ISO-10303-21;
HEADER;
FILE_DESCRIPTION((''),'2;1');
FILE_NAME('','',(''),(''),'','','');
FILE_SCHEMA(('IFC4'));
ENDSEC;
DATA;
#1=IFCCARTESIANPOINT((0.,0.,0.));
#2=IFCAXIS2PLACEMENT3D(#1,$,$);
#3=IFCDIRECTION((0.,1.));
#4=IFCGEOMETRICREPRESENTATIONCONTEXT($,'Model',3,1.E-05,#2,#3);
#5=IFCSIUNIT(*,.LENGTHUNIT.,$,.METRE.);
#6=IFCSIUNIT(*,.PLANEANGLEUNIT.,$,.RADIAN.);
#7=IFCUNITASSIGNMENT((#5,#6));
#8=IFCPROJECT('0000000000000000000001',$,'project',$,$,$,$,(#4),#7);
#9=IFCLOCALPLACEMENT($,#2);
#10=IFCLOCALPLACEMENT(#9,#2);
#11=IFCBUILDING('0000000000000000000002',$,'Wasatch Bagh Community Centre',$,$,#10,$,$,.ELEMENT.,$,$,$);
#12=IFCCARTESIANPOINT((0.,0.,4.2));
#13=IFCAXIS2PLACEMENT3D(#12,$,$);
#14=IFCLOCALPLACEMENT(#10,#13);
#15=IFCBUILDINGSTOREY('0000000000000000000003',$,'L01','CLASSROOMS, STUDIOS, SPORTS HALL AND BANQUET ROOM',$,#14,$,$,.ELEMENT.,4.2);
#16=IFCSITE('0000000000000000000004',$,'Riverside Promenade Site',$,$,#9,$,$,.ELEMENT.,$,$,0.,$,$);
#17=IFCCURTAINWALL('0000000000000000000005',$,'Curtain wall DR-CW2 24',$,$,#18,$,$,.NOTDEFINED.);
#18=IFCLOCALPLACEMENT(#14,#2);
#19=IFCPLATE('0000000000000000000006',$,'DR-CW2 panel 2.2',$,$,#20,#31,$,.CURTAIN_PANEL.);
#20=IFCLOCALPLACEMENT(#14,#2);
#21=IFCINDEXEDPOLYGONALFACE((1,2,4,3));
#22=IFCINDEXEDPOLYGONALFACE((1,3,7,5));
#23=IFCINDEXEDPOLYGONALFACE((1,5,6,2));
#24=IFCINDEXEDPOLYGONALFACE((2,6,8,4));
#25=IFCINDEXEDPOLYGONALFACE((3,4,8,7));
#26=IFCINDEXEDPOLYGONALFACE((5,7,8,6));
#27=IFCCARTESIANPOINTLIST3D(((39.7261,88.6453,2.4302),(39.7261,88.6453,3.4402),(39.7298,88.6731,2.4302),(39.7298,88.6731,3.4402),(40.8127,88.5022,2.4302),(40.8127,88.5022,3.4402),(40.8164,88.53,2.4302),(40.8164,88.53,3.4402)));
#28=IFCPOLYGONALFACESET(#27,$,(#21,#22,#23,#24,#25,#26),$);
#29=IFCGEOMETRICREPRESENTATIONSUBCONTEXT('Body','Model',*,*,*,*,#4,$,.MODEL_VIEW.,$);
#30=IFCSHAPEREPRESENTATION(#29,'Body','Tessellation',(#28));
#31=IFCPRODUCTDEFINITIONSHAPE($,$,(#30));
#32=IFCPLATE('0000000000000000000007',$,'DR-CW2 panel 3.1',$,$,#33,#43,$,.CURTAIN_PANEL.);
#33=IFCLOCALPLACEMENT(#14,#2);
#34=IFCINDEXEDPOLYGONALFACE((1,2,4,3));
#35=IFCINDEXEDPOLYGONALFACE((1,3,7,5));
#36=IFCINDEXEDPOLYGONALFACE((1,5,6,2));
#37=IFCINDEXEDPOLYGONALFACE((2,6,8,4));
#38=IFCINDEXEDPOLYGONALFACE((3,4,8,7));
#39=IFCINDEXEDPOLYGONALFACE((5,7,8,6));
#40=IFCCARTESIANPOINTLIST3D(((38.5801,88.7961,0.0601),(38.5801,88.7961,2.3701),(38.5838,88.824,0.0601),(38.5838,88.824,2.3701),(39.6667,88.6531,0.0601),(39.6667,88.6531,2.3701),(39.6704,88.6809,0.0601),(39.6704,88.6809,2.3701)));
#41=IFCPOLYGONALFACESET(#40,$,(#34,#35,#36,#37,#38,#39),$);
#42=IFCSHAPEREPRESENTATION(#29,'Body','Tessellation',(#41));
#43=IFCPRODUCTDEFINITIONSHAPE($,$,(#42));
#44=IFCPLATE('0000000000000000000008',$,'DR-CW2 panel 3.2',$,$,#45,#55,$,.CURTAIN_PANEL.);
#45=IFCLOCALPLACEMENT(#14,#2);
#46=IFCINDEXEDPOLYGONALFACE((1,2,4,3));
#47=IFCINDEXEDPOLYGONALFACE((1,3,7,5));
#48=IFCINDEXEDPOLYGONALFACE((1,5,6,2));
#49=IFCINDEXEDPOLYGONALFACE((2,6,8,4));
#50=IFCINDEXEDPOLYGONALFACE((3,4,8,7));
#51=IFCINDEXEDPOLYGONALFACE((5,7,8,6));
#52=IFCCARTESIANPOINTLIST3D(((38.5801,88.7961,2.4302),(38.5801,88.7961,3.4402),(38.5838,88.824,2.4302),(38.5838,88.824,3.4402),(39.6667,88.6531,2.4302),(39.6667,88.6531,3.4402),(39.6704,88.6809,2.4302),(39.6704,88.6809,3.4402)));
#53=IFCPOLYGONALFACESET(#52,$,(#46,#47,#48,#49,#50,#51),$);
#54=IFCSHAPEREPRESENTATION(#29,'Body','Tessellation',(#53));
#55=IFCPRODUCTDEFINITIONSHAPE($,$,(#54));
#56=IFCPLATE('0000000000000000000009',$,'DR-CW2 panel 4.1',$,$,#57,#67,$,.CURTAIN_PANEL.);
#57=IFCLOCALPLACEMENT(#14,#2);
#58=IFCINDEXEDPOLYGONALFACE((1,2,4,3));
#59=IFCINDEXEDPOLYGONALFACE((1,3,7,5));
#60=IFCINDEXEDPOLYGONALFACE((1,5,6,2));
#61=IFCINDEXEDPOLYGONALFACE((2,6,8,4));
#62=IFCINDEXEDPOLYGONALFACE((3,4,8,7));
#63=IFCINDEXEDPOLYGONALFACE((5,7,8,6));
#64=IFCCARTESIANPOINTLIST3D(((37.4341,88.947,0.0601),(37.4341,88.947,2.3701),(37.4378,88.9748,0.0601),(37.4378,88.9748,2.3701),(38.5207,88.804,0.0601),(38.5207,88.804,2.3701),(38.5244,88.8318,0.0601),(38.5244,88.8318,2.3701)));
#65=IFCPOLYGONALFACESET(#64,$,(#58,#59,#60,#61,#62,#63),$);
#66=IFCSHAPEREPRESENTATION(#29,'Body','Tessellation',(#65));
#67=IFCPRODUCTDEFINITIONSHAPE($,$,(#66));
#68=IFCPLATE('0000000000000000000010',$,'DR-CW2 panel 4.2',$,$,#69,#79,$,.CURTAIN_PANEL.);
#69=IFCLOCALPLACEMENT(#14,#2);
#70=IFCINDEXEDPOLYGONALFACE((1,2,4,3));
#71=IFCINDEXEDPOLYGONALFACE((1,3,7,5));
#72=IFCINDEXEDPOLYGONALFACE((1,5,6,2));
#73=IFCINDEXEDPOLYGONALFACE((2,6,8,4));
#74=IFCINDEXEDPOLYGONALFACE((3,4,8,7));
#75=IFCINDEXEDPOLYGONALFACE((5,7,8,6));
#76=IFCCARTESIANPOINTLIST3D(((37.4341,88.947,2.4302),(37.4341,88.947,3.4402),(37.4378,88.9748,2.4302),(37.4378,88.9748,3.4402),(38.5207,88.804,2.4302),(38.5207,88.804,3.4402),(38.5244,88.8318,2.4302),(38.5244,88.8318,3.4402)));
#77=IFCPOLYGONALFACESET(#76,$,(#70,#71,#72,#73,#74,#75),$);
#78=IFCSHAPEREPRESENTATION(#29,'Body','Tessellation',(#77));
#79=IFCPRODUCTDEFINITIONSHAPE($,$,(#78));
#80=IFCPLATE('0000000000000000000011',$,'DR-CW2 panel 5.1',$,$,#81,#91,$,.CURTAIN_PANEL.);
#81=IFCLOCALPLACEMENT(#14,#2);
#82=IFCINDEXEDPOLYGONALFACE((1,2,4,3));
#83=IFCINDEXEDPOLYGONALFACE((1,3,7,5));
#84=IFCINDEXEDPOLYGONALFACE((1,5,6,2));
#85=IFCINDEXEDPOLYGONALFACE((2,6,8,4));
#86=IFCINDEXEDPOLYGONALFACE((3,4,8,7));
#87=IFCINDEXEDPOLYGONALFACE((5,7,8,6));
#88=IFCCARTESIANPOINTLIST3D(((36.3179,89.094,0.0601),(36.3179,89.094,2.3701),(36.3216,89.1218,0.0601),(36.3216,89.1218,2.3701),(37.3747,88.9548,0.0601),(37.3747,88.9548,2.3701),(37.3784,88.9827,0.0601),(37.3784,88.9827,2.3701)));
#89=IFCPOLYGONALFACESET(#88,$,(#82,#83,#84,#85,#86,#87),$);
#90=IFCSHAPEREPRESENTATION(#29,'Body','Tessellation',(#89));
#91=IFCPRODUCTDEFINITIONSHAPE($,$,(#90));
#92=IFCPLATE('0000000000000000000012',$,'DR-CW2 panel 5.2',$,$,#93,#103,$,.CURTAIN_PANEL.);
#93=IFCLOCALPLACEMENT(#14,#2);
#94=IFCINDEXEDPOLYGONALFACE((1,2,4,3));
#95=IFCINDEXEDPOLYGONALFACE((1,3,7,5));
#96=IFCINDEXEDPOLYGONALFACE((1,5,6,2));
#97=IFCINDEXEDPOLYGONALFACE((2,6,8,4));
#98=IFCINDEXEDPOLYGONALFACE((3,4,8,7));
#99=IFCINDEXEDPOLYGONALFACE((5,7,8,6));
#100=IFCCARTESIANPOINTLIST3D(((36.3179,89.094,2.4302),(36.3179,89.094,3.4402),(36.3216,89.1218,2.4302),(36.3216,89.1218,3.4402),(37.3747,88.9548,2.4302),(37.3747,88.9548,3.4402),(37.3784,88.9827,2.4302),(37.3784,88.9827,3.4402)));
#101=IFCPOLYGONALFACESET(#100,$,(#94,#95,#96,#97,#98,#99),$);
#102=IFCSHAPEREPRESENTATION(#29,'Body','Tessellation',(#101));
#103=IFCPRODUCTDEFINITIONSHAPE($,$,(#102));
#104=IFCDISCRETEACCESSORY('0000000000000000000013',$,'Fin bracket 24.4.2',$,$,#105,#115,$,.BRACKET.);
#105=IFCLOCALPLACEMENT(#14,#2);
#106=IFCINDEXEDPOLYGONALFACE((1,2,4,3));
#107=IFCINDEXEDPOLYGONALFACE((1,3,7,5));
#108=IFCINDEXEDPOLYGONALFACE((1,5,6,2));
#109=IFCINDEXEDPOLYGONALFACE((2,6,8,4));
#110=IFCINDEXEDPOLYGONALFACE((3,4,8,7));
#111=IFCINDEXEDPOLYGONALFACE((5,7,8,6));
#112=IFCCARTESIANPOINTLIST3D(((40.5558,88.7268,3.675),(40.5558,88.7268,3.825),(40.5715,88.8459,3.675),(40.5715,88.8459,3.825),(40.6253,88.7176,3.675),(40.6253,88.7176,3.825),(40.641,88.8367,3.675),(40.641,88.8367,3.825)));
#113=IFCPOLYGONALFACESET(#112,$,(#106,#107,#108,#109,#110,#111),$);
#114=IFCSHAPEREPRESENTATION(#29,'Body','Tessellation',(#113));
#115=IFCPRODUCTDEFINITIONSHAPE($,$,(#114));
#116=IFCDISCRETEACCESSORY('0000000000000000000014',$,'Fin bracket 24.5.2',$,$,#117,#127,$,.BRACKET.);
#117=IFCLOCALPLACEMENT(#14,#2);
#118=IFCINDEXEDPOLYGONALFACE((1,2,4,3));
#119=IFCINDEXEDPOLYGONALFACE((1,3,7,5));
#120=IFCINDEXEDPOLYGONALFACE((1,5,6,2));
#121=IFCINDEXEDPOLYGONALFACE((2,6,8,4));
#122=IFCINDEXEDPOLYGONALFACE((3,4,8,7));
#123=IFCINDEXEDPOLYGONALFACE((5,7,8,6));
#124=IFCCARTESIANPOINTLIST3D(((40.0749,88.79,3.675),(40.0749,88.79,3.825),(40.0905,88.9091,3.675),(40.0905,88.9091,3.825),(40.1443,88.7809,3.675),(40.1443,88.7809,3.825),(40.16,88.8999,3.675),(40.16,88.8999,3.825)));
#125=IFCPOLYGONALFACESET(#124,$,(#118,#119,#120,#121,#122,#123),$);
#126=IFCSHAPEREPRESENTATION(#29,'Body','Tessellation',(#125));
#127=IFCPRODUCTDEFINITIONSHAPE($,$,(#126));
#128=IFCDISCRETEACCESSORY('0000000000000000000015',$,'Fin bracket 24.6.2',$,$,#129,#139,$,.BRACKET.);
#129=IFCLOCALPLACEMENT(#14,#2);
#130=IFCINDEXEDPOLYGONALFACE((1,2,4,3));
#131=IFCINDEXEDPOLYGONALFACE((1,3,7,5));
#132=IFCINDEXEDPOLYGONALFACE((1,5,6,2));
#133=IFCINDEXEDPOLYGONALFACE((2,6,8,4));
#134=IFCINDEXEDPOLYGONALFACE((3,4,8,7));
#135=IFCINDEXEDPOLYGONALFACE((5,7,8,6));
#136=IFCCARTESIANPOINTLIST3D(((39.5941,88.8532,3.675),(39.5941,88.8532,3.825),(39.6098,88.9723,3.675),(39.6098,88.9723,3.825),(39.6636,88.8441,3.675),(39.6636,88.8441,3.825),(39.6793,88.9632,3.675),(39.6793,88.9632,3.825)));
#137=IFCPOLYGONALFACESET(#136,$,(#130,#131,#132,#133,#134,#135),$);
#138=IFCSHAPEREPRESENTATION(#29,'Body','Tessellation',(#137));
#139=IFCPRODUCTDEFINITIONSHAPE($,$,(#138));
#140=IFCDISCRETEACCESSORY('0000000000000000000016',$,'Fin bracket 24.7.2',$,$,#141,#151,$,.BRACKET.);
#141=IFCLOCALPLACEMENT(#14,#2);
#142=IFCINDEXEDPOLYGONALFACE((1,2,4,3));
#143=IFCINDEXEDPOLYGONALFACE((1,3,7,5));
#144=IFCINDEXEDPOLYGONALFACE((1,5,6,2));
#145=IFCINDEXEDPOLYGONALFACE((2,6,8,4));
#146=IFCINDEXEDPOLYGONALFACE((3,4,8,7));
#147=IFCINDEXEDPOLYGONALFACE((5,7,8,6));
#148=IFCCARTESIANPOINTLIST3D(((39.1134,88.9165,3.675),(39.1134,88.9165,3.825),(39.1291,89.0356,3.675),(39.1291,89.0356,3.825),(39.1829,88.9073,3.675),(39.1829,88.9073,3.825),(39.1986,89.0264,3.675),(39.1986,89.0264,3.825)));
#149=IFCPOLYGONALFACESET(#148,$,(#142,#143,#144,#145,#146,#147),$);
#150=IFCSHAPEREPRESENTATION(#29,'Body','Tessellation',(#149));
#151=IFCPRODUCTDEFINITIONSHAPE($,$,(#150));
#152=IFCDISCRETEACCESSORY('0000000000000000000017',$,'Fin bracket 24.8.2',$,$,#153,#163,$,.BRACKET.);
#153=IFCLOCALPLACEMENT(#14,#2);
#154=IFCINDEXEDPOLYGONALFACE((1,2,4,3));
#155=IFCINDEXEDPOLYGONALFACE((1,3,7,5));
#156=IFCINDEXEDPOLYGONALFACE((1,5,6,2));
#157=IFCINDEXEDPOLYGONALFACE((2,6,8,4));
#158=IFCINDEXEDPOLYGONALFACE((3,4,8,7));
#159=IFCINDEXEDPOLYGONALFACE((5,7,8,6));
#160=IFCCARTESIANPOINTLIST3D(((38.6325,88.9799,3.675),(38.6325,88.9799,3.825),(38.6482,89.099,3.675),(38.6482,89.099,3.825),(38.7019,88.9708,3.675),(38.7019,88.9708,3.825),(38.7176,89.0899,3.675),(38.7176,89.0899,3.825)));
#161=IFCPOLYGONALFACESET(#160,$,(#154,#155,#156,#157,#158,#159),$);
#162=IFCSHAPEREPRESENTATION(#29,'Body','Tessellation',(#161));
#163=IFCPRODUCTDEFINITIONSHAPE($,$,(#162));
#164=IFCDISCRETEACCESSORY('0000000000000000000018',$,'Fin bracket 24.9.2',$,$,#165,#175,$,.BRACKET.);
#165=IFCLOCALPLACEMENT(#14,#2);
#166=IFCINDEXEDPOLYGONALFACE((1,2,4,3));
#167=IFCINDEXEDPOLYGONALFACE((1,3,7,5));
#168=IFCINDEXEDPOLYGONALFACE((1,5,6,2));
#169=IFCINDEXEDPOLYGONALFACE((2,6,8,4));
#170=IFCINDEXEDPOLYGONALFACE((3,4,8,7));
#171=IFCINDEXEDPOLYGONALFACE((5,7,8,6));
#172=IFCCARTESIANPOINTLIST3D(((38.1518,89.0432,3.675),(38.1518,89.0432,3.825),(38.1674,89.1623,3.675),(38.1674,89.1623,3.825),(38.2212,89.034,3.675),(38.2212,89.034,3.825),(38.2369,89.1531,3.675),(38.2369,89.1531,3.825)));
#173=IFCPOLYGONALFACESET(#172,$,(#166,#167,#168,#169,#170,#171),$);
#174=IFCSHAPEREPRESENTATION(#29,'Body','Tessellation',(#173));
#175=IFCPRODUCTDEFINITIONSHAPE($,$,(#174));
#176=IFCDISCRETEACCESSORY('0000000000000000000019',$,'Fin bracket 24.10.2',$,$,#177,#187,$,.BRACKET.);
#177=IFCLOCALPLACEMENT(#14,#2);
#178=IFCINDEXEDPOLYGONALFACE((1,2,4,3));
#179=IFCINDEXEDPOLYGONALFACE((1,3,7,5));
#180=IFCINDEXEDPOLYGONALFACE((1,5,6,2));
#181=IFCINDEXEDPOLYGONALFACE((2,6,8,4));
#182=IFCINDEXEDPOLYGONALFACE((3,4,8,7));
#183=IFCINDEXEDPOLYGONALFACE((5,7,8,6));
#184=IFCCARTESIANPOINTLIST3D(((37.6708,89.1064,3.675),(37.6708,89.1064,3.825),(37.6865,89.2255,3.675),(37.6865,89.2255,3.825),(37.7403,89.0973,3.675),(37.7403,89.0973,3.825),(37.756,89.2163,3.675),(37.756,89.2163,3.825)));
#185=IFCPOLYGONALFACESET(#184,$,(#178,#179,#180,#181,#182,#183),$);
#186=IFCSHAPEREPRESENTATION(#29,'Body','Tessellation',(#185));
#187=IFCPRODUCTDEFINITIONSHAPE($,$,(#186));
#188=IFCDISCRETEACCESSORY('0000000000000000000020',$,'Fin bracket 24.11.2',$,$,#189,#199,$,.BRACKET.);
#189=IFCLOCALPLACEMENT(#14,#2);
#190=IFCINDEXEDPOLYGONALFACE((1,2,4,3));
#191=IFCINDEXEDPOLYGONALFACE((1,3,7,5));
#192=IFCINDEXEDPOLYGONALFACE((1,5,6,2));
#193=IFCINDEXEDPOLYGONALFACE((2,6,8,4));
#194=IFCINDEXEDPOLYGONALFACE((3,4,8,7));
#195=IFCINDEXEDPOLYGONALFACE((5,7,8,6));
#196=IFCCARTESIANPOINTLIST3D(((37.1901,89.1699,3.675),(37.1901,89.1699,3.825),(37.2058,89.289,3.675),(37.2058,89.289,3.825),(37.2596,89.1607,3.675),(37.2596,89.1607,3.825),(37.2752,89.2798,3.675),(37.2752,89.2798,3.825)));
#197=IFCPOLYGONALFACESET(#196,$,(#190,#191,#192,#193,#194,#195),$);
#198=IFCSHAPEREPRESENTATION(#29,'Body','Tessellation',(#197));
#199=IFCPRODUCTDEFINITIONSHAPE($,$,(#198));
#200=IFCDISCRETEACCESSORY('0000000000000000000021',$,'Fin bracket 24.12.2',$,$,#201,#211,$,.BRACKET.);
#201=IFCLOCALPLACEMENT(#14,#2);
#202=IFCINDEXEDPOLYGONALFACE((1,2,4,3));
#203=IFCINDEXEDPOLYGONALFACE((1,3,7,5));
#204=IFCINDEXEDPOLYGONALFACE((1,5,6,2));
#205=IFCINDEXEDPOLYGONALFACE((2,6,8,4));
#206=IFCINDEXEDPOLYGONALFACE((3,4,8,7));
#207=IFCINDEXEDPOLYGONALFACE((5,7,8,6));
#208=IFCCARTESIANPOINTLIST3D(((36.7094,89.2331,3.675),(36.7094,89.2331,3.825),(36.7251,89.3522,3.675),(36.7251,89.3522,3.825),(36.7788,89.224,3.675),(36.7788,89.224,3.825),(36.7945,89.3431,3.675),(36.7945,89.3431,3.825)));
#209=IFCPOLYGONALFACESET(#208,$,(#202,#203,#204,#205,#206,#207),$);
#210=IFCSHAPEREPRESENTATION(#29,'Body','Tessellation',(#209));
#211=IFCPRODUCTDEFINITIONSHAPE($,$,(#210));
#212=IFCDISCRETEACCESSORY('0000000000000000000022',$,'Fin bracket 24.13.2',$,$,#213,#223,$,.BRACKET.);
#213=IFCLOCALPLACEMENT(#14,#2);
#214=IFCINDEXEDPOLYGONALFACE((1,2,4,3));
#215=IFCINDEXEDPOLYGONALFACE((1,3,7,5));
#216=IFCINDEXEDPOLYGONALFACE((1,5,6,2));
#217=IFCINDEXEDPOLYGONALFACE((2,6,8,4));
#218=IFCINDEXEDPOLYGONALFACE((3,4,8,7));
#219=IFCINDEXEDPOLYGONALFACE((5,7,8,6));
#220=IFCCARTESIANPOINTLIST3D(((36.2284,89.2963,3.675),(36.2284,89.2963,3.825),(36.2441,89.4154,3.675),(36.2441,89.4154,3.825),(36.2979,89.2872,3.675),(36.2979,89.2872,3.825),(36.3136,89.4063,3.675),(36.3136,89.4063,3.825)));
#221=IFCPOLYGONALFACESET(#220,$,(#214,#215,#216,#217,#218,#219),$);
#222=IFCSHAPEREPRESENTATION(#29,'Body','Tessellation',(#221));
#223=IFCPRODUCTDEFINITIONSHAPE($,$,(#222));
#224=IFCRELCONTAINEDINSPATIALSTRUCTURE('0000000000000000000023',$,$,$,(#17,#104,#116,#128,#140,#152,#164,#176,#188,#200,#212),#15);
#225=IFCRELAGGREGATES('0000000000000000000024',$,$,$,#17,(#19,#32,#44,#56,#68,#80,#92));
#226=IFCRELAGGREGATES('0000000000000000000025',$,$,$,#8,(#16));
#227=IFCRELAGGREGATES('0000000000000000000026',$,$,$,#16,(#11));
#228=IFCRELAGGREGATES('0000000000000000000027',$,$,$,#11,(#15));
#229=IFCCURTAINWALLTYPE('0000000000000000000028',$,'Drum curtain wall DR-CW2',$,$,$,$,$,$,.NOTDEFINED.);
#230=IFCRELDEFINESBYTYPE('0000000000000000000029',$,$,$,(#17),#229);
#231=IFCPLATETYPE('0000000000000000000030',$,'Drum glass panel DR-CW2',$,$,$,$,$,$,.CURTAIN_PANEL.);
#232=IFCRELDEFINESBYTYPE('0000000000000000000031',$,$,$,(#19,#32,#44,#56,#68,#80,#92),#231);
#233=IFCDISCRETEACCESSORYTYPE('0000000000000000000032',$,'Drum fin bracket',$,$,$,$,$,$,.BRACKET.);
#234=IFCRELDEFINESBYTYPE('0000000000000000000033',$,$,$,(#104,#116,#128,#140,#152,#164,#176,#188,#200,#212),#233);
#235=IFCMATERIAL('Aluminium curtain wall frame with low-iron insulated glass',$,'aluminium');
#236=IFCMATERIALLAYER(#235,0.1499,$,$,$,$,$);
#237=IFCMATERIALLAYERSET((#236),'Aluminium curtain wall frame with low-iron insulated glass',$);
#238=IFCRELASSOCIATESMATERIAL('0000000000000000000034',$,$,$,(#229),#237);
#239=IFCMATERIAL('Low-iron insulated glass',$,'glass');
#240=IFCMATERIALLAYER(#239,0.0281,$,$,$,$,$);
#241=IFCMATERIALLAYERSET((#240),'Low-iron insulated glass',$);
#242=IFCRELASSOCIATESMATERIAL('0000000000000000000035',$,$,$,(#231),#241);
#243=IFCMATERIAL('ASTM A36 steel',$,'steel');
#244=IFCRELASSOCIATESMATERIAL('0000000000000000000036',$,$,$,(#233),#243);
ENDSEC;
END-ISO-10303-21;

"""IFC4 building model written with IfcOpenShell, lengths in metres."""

from ifc_helpers import new_model, si_unit, direction, frame, origin, origin_2d, place, context, subcontext, project, spatial, rectangle, extrude, material, layer, layer_set, type_object, element, aggregate, save


model = new_model("IFC4")

# Units and contexts
model_context = context("Model", 3, precision=1e-05, world=origin(), true_north=direction((0.0, 1.0)))
body_context = subcontext(model_context, "Body", "Model", "MODEL_VIEW")
ifc_project = project(units=[si_unit("LENGTHUNIT", "METRE"), si_unit("PLANEANGLEUNIT", "RADIAN")], contexts=[model_context])

# Site, building, storey
site_placement = place(None, origin())
site = spatial("IfcSite", under=ifc_project, at=site_placement, Name="Riverside Promenade Site", CompositionType="ELEMENT", RefElevation=0.0)
building_placement = place(site_placement, origin())
building = spatial("IfcBuilding", under=site, at=building_placement, Name="Wasatch Bagh Community Centre", CompositionType="ELEMENT")
storey_placement = place(building_placement, frame((0.0, 0.0, 4.2)))
storey = spatial("IfcBuildingStorey", under=building, at=storey_placement, Name="L01", Description="CLASSROOMS, STUDIOS, SPORTS HALL AND BANQUET ROOM", CompositionType="ELEMENT", Elevation=4.2)

# Curtain wall, plates
ifc_material_1 = material(Name="Aluminium curtain wall frame with low-iron insulated glass", Category="aluminium")
ifc_layer_1 = layer(ifc_material_1, 0.1499)
ifc_layer_set_1 = layer_set([ifc_layer_1], Name="Aluminium curtain wall frame with low-iron insulated glass")
curtain_wall_type = type_object("IfcCurtainWallType", Name="Drum curtain wall DR-CW2", PredefinedType="NOTDEFINED", material=ifc_layer_set_1)
curtain_wall_placement = place(storey_placement, origin())
curtain_wall = element("IfcCurtainWall", 1, at=curtain_wall_placement, inside=storey, type_object=curtain_wall_type, Name="Curtain wall DR-CW2 24", PredefinedType="NOTDEFINED")
ifc_material_2 = material(Name="Low-iron insulated glass", Category="glass")
ifc_layer_2 = layer(ifc_material_2, 0.0281)
ifc_layer_set_2 = layer_set([ifc_layer_2], Name="Low-iron insulated glass")
plate_type = type_object("IfcPlateType", Name="Drum glass panel DR-CW2", PredefinedType="CURTAIN_PANEL", material=ifc_layer_set_2)
plate_1_placement = place(storey_placement, frame((40.2712, 88.5876, 2.4302), z_axis=(0.0, 0.0, 1.0), x_axis=(-0.991445, 0.130526, 0.0)))
plate_1 = element("IfcPlate", 2, at=plate_1_placement, type_object=plate_type, Name="DR-CW2 panel 2.2", PredefinedType="CURTAIN_PANEL", context=body_context, shape_type="SweptSolid", body=[
    extrude(rectangle(XDim=1.0959, YDim=0.0281, at=origin_2d()), origin(), (0.0, 0.0, 1.0), 1.01),
])
plate_2_placement = place(storey_placement, frame((39.1252, 88.7385, 0.0601), z_axis=(0.0, 0.0, 1.0), x_axis=(-0.991445, 0.130526, 0.0)))
plate_2 = element("IfcPlate", 3, at=plate_2_placement, type_object=plate_type, Name="DR-CW2 panel 3.1", PredefinedType="CURTAIN_PANEL", context=body_context, shape_type="SweptSolid", body=[
    extrude(rectangle(XDim=1.0959, YDim=0.0281, at=origin_2d()), origin(), (0.0, 0.0, 1.0), 2.3101),
])
plate_3_placement = place(storey_placement, frame((39.1252, 88.7385, 2.4302), z_axis=(0.0, 0.0, 1.0), x_axis=(-0.991445, 0.130526, 0.0)))
plate_3 = element("IfcPlate", 4, at=plate_3_placement, type_object=plate_type, Name="DR-CW2 panel 3.2", PredefinedType="CURTAIN_PANEL", context=body_context, shape_type="SweptSolid", body=[
    extrude(rectangle(XDim=1.0959, YDim=0.0281, at=origin_2d()), origin(), (0.0, 0.0, 1.0), 1.01),
])
plate_4_placement = place(storey_placement, frame((37.9792, 88.8894, 0.0601), z_axis=(0.0, 0.0, 1.0), x_axis=(-0.991445, 0.130526, 0.0)))
plate_4 = element("IfcPlate", 5, at=plate_4_placement, type_object=plate_type, Name="DR-CW2 panel 4.1", PredefinedType="CURTAIN_PANEL", context=body_context, shape_type="SweptSolid", body=[
    extrude(rectangle(XDim=1.0959, YDim=0.0281, at=origin_2d()), origin(), (0.0, 0.0, 1.0), 2.3101),
])
plate_5_placement = place(storey_placement, frame((37.9792, 88.8894, 2.4302), z_axis=(0.0, 0.0, 1.0), x_axis=(-0.991445, 0.130526, 0.0)))
plate_5 = element("IfcPlate", 6, at=plate_5_placement, type_object=plate_type, Name="DR-CW2 panel 4.2", PredefinedType="CURTAIN_PANEL", context=body_context, shape_type="SweptSolid", body=[
    extrude(rectangle(XDim=1.0959, YDim=0.0281, at=origin_2d()), origin(), (0.0, 0.0, 1.0), 1.01),
])
plate_6_placement = place(storey_placement, frame((36.8481, 89.0383, 0.0601), z_axis=(0.0, 0.0, 1.0), x_axis=(-0.991445, 0.130526, 0.0)))
plate_6 = element("IfcPlate", 7, at=plate_6_placement, type_object=plate_type, Name="DR-CW2 panel 5.1", PredefinedType="CURTAIN_PANEL", context=body_context, shape_type="SweptSolid", body=[
    extrude(rectangle(XDim=1.0659, YDim=0.0281, at=origin_2d()), origin(), (0.0, 0.0, 1.0), 2.3101),
])
plate_7_placement = place(storey_placement, frame((36.8481, 89.0383, 2.4302), z_axis=(0.0, 0.0, 1.0), x_axis=(-0.991445, 0.130526, 0.0)))
plate_7 = element("IfcPlate", 8, at=plate_7_placement, type_object=plate_type, Name="DR-CW2 panel 5.2", PredefinedType="CURTAIN_PANEL", context=body_context, shape_type="SweptSolid", body=[
    extrude(rectangle(XDim=1.0659, YDim=0.0281, at=origin_2d()), origin(), (0.0, 0.0, 1.0), 1.01),
])
aggregate(curtain_wall, [plate_1, plate_2, plate_3, plate_4, plate_5, plate_6, plate_7])

# Discrete accessories
ifc_material_3 = material(Name="ASTM A36 steel", Category="steel")
discrete_accessory_type = type_object("IfcDiscreteAccessoryType", Name="Drum fin bracket", PredefinedType="BRACKET", material=ifc_material_3)
for number, where, z_axis, x_axis, name in (
    (9, (40.5984, 88.7817, 3.675), (0.0, 0.0, 1.0), (-0.991445, 0.130526, 0.0), "Fin bracket 24.4.2"),
    (10, (40.1174, 88.845, 3.675), (0.0, 0.0, 1.0), (-0.991445, 0.130526, 0.0), "Fin bracket 24.5.2"),
    (11, (39.6367, 88.9082, 3.675), (0.0, 0.0, 1.0), (-0.991445, 0.130526, 0.0), "Fin bracket 24.6.2"),
    (12, (39.156, 88.9714, 3.675), (0.0, 0.0, 1.0), (-0.991445, 0.130526, 0.0), "Fin bracket 24.7.2"),
    (13, (38.675, 89.0349, 3.675), (0.0, 0.0, 1.0), (-0.991445, 0.130526, 0.0), "Fin bracket 24.8.2"),
    (14, (38.1943, 89.0981, 3.675), (0.0, 0.0, 1.0), (-0.991445, 0.130526, 0.0), "Fin bracket 24.9.2"),
    (15, (37.7134, 89.1614, 3.675), (0.0, 0.0, 1.0), (-0.991445, 0.130526, 0.0), "Fin bracket 24.10.2"),
    (16, (37.2327, 89.2249, 3.675), (0.0, 0.0, 1.0), (-0.991445, 0.130526, 0.0), "Fin bracket 24.11.2"),
    (17, (36.752, 89.2881, 3.675), (0.0, 0.0, 1.0), (-0.991445, 0.130526, 0.0), "Fin bracket 24.12.2"),
    (18, (36.271, 89.3513, 3.675), (0.0, 0.0, 1.0), (-0.991445, 0.130526, 0.0), "Fin bracket 24.13.2"),
):
    element("IfcDiscreteAccessory", number, at=place(storey_placement, frame(where, z_axis=z_axis, x_axis=x_axis)), inside=storey, type_object=discrete_accessory_type, Name=name, PredefinedType="BRACKET", context=body_context, shape_type="SweptSolid", body=[
        extrude(rectangle(XDim=0.0701, YDim=0.1201, at=origin_2d()), origin(), (0.0, 0.0, 1.0), 0.1499),
    ])

save(model, "model.ifc")
